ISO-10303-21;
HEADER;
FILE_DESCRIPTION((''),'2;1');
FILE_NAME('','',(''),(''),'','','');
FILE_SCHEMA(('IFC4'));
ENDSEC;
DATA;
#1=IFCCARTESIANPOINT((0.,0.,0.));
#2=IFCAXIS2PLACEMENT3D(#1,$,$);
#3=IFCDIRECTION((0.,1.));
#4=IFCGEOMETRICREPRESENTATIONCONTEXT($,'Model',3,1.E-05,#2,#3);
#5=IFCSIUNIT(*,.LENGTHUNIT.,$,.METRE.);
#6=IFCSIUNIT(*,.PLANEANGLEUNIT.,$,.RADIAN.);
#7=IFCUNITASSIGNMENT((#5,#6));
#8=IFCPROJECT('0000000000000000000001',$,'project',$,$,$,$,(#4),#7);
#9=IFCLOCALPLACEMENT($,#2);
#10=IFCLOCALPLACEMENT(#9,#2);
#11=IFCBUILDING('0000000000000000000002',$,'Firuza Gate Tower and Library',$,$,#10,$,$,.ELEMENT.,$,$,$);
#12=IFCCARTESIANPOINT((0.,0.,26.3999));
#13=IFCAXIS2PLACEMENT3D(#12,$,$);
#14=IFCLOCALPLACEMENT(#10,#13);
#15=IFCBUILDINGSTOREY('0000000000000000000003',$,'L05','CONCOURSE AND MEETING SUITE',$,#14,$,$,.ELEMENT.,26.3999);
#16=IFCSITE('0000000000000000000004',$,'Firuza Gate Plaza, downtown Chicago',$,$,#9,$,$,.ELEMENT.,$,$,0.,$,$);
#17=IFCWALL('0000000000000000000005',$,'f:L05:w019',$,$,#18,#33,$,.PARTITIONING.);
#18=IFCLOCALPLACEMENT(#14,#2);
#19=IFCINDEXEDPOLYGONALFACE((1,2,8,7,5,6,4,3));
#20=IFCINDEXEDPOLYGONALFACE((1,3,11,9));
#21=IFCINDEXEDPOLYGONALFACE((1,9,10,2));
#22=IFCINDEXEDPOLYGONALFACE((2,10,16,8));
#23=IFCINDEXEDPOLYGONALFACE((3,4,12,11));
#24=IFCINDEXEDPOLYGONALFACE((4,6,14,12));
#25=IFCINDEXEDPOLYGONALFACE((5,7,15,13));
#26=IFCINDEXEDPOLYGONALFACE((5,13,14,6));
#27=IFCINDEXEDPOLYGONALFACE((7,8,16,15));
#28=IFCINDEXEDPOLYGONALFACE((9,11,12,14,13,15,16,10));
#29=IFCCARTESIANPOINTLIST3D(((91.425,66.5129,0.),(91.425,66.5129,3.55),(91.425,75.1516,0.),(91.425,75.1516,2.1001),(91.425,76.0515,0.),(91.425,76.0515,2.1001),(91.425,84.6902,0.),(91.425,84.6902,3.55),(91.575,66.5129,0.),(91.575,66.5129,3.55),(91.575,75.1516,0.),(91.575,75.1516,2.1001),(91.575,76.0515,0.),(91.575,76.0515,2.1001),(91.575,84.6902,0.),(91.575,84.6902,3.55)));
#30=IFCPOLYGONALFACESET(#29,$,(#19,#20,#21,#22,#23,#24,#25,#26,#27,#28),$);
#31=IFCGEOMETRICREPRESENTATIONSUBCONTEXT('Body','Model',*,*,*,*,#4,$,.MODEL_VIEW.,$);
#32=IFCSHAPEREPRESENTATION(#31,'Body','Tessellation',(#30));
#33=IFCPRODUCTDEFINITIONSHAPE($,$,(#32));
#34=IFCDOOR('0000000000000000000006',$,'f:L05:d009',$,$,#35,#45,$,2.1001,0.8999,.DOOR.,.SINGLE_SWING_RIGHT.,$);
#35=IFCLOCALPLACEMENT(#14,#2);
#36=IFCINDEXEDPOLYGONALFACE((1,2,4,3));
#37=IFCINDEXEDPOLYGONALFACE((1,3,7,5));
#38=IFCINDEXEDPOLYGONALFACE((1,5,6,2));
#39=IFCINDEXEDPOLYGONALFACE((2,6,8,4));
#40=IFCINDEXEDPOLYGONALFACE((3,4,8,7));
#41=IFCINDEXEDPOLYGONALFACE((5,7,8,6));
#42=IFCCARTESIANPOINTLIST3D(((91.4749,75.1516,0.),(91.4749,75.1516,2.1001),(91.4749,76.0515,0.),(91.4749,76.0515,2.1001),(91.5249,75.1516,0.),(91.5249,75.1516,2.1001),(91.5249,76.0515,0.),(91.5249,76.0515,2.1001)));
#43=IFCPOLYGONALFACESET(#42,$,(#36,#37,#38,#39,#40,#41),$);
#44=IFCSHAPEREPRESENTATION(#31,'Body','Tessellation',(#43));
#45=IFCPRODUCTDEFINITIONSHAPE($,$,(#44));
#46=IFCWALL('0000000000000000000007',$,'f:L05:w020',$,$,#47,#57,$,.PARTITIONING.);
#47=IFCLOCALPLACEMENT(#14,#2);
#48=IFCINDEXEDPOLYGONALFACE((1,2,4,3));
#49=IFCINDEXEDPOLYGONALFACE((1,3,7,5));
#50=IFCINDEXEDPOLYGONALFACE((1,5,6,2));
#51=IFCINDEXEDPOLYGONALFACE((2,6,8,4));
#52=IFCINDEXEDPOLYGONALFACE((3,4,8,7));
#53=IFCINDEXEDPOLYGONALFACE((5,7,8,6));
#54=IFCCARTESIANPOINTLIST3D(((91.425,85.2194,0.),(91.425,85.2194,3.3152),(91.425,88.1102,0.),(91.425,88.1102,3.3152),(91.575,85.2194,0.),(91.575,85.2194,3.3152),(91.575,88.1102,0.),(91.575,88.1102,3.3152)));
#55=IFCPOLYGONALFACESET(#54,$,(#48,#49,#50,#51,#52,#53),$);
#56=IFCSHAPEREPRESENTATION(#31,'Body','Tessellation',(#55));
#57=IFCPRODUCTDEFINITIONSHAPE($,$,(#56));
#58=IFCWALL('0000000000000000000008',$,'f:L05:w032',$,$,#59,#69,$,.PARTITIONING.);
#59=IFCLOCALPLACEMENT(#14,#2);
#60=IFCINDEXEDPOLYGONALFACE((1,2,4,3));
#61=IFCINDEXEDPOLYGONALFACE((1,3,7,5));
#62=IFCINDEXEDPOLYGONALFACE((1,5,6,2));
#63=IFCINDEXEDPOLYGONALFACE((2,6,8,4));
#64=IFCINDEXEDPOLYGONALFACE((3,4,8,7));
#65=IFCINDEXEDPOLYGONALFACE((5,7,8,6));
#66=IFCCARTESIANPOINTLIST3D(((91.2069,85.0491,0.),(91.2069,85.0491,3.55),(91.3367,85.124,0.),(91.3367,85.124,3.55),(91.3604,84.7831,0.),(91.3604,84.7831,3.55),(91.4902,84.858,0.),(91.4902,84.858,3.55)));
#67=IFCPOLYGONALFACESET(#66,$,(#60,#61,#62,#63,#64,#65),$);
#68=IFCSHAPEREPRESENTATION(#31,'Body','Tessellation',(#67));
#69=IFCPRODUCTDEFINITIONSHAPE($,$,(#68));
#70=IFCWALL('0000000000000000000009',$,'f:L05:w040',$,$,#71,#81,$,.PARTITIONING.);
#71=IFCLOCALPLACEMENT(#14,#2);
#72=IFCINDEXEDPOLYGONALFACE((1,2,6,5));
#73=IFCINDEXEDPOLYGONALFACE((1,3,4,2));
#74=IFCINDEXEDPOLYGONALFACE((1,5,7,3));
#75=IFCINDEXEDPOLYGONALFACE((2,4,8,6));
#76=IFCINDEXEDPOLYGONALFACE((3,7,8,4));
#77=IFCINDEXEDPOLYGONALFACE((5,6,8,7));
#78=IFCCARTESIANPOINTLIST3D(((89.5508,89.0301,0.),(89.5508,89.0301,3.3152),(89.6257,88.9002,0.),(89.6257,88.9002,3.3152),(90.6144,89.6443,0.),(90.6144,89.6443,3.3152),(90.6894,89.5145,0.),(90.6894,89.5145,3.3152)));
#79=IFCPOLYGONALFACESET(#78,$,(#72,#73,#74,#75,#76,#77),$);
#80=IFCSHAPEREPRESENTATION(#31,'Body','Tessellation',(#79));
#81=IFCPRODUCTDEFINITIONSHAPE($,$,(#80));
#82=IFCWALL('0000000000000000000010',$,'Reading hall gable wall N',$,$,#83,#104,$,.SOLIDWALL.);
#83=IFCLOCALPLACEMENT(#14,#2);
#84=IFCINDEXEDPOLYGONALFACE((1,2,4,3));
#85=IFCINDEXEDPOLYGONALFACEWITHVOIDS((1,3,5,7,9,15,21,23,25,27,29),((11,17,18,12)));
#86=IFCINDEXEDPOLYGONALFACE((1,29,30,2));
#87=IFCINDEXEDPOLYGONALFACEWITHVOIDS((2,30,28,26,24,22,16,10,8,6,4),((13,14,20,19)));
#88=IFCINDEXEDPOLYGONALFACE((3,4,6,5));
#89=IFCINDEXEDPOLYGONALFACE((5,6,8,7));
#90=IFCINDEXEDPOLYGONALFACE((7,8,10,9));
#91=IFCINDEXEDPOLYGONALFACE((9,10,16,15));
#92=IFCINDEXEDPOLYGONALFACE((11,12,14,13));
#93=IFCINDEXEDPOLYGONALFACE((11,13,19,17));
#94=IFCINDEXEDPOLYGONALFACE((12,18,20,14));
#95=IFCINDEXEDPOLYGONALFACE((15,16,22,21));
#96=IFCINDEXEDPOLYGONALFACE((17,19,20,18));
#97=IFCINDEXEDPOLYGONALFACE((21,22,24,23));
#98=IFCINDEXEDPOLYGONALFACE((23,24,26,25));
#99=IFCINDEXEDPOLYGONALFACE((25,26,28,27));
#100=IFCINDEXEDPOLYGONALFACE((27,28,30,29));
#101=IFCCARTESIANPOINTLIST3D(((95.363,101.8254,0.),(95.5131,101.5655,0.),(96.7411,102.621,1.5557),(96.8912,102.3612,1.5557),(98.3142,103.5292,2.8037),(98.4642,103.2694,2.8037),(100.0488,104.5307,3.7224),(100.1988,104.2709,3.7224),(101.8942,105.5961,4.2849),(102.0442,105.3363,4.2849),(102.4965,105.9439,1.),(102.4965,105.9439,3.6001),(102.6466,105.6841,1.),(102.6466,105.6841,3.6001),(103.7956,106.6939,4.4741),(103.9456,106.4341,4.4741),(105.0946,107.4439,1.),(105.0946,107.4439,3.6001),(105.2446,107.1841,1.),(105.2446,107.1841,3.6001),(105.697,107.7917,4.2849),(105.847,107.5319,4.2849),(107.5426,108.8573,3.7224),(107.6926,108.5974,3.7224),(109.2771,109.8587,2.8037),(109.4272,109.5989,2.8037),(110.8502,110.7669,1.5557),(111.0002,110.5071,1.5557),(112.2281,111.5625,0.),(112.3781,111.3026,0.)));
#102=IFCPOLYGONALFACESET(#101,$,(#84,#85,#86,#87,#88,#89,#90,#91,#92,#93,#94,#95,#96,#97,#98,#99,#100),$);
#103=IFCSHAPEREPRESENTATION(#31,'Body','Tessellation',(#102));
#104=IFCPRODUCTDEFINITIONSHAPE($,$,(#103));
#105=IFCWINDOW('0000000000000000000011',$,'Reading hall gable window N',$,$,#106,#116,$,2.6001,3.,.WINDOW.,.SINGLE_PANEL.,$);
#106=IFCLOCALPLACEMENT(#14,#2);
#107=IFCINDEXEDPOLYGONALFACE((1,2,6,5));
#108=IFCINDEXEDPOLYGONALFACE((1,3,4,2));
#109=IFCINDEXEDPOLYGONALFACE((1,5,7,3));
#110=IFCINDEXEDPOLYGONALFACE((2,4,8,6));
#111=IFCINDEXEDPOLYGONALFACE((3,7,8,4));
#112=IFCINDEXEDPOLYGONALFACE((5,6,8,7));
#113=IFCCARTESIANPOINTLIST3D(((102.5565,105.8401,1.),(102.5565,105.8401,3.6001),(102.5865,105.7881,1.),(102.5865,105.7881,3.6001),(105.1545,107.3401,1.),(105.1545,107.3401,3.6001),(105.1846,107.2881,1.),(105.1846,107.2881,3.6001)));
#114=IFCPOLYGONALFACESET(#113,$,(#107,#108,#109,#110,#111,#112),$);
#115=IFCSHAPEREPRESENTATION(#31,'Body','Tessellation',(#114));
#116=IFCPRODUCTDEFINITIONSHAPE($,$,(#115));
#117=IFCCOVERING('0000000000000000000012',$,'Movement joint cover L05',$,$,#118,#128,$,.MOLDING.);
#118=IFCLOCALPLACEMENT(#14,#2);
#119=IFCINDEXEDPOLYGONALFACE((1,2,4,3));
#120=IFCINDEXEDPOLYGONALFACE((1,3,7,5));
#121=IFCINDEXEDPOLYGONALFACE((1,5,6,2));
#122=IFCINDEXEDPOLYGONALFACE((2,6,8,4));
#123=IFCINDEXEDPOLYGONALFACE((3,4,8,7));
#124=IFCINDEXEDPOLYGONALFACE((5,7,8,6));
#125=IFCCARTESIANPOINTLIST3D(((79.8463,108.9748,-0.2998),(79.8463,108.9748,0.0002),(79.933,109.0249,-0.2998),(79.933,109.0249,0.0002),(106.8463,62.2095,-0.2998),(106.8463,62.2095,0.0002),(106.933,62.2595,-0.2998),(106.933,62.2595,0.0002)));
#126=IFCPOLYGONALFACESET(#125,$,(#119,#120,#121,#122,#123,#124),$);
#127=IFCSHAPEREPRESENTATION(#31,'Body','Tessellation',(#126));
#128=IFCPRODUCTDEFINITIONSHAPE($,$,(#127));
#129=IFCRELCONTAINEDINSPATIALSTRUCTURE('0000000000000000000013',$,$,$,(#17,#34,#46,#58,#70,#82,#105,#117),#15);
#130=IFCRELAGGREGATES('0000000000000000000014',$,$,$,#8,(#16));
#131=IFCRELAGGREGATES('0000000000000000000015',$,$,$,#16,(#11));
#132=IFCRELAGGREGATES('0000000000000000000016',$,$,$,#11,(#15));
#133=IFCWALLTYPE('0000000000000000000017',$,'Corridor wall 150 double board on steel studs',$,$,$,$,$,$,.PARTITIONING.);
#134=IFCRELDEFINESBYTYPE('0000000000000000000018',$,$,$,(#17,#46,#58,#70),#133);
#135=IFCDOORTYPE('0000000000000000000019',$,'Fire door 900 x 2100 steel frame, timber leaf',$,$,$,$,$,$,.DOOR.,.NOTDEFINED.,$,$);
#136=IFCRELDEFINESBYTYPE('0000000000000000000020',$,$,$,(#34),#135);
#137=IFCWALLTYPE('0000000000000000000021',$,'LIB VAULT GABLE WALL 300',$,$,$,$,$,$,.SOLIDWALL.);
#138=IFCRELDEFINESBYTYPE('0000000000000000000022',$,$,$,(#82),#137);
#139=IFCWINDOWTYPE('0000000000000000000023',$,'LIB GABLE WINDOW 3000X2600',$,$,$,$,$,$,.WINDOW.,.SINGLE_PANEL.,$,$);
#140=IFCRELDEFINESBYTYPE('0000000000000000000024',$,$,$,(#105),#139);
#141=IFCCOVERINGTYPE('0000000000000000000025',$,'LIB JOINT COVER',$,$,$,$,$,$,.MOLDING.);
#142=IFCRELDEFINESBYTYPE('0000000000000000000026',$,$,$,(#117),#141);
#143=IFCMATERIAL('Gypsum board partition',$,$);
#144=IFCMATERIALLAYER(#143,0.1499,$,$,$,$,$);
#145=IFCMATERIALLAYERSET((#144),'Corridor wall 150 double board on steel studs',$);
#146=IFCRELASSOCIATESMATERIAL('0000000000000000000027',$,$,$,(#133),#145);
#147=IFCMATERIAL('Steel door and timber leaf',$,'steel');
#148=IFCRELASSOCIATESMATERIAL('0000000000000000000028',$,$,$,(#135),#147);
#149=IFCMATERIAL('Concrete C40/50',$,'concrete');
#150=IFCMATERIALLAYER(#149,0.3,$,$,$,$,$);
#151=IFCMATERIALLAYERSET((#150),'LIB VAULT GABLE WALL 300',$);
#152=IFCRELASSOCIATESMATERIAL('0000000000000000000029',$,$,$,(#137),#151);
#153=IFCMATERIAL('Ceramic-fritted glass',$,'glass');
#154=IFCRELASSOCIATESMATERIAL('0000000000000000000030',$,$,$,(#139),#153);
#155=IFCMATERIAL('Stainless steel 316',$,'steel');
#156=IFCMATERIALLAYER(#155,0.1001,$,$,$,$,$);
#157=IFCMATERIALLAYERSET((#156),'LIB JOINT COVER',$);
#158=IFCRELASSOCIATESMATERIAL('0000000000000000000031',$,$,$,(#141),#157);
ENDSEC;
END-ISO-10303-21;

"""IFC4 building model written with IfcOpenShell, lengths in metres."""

from ifc_helpers import new_model, si_unit, direction, frame, frame_2d, origin, origin_2d, place, context, subcontext, project, spatial, polyline, rectangle, outline, extrude, material, layer, layer_set, type_object, element, fill, save


model = new_model("IFC4")

# Units and contexts
model_context = context("Model", 3, precision=1e-05, world=origin(), true_north=direction((0.0, 1.0)))
body_context = subcontext(model_context, "Body", "Model", "MODEL_VIEW")
ifc_project = project(units=[si_unit("LENGTHUNIT", "METRE"), si_unit("PLANEANGLEUNIT", "RADIAN")], contexts=[model_context])

# Site, building, storey
site_placement = place(None, origin())
site = spatial("IfcSite", under=ifc_project, at=site_placement, Name="Firuza Gate Plaza, downtown Chicago", CompositionType="ELEMENT", RefElevation=0.0)
building_placement = place(site_placement, origin())
building = spatial("IfcBuilding", under=site, at=building_placement, Name="Firuza Gate Tower and Library", CompositionType="ELEMENT")
storey_placement = place(building_placement, frame((0.0, 0.0, 26.3999)))
storey = spatial("IfcBuildingStorey", under=building, at=storey_placement, Name="L05", Description="CONCOURSE AND MEETING SUITE", CompositionType="ELEMENT", Elevation=26.3999)

# Wall, opening, door
ifc_material_1 = material(Name="Gypsum board partition")
ifc_layer_1 = layer(ifc_material_1, 0.1499)
ifc_layer_set_1 = layer_set([ifc_layer_1], Name="Corridor wall 150 double board on steel studs")
wall_type_1 = type_object("IfcWallType", Name="Corridor wall 150 double board on steel studs", PredefinedType="PARTITIONING", material=ifc_layer_set_1)
wall_1_placement = place(storey_placement, frame((91.5, 84.6902, 0.0), z_axis=(0.0, 0.0, 1.0), x_axis=(0.0, -1.0, 0.0)))
wall_1 = element("IfcWall", 1, at=wall_1_placement, inside=storey, type_object=wall_type_1, Name="f:L05:w019", PredefinedType="PARTITIONING", context=body_context, shape_type="SweptSolid", body=[
    extrude(rectangle(XDim=18.1772, YDim=0.1499, at=frame_2d((9.0886, 0.0))), origin(), (0.0, 0.0, 1.0), 3.55),
])
opening_1_placement = place(wall_1_placement, frame((8.6387, 0.0, 0.0)))
opening_1 = element("IfcOpeningElement", 2, at=opening_1_placement, cuts=wall_1, PredefinedType="OPENING", context=body_context, shape_type="SweptSolid", body=[
    extrude(rectangle(XDim=0.8999, YDim=2.1001, at=frame_2d((0.45, 1.05))), frame((0.0, 0.085, 0.0), z_axis=(0.0, -1.0, 0.0), x_axis=(1.0, 0.0, 0.0)), (0.0, 0.0, 1.0), 0.1699),
])
ifc_material_2 = material(Name="Steel door and timber leaf", Category="steel")
door_type = type_object("IfcDoorType", Name="Fire door 900 x 2100 steel frame, timber leaf", OperationType="NOTDEFINED", PredefinedType="DOOR", material=ifc_material_2)
door_placement = place(opening_1_placement, origin())
door = element("IfcDoor", 3, at=door_placement, inside=storey, type_object=door_type, Name="f:L05:d009", OperationType="SINGLE_SWING_RIGHT", OverallHeight=2.1001, OverallWidth=0.8999, PredefinedType="DOOR", context=body_context, shape_type="SweptSolid", body=[
    extrude(rectangle(XDim=0.8999, YDim=2.1001, at=frame_2d((0.45, 1.05))), frame((0.0, 0.0249, 0.0), z_axis=(0.0, -1.0, 0.0), x_axis=(1.0, 0.0, 0.0)), (0.0, 0.0, 1.0), 0.05),
])
fill(opening_1, door)

# Walls
wall_2_placement = place(storey_placement, frame((91.5, 85.2195, 0.0), z_axis=(0.0, 0.0, 1.0), x_axis=(0.0, 1.0, 0.0)))
element("IfcWall", 4, at=wall_2_placement, inside=storey, type_object=wall_type_1, Name="f:L05:w020", PredefinedType="PARTITIONING", context=body_context, shape_type="SweptSolid", body=[
    extrude(rectangle(XDim=2.8909, YDim=0.1499, at=frame_2d((1.4453, 0.0))), origin(), (0.0, 0.0, 1.0), 3.3152),
])
wall_3_placement = place(storey_placement, frame((91.4253, 84.8206, 0.0), z_axis=(0.0, 0.0, 1.0), x_axis=(-0.499814, 0.866133, 0.0)))
element("IfcWall", 5, at=wall_3_placement, inside=storey, type_object=wall_type_1, Name="f:L05:w032", PredefinedType="PARTITIONING", context=body_context, shape_type="SweptSolid", body=[
    extrude(rectangle(XDim=0.3071, YDim=0.1499, at=frame_2d((0.1536, 0.0))), origin(), (0.0, 0.0, 1.0), 3.55),
])
wall_4_placement = place(storey_placement, frame((89.5881, 88.9651, 0.0), z_axis=(0.0, 0.0, 1.0), x_axis=(0.865984, 0.500072, 0.0)))
element("IfcWall", 6, at=wall_4_placement, inside=storey, type_object=wall_type_1, Name="f:L05:w040", PredefinedType="PARTITIONING", context=body_context, shape_type="SweptSolid", body=[
    extrude(rectangle(XDim=1.2283, YDim=0.1499, at=frame_2d((0.6143, 0.0))), origin(), (0.0, 0.0, 1.0), 3.3152),
])

# Wall, opening, window
ifc_material_3 = material(Name="Concrete C40/50", Category="concrete")
ifc_layer_2 = layer(ifc_material_3, 0.3)
ifc_layer_set_2 = layer_set([ifc_layer_2], Name="LIB VAULT GABLE WALL 300")
wall_type_2 = type_object("IfcWallType", Name="LIB VAULT GABLE WALL 300", PredefinedType="SOLIDWALL", material=ifc_layer_set_2)
wall_5_placement = place(storey_placement, frame((95.438, 101.6956, 0.0), z_axis=(0.0, 0.0, 1.0), x_axis=(0.866024, 0.500002, 0.0)))
wall_5 = element("IfcWall", 7, at=wall_5_placement, inside=storey, type_object=wall_type_2, Name="Reading hall gable wall N", PredefinedType="SOLIDWALL", context=body_context, shape_type="SweptSolid", body=[
    extrude(outline(polyline([(0.0, 0.0), (19.4741, 0.0), (19.4741, 0.0), (17.8831, 1.5557), (16.0667, 2.8037), (14.0637, 3.7224), (11.9326, 4.2849), (9.7371, 4.4741), (7.5415, 4.2849), (5.4106, 3.7224), (3.4077, 2.8037), (1.5913, 1.5557), (0.0, 0.0), (0.0, 0.0)])), frame((0.0, 0.1499, 0.0), z_axis=(0.0, -1.0, 0.0), x_axis=(1.0, 0.0, 0.0)), (0.0, 0.0, 1.0), 0.3),
])
opening_2_placement = place(wall_5_placement, frame((8.2371, 0.0, 1.0)))
opening_2 = element("IfcOpeningElement", 8, at=opening_2_placement, cuts=wall_5, PredefinedType="OPENING", context=body_context, shape_type="SweptSolid", body=[
    extrude(rectangle(XDim=3.0, YDim=2.6001, at=frame_2d((1.5, 1.3))), frame((0.0, 0.1602, 0.0), z_axis=(0.0, -1.0, 0.0), x_axis=(1.0, 0.0, 0.0)), (0.0, 0.0, 1.0), 0.3201),
])
ifc_material_4 = material(Name="Ceramic-fritted glass", Category="glass")
window_type = type_object("IfcWindowType", Name="LIB GABLE WINDOW 3000X2600", PartitioningType="SINGLE_PANEL", PredefinedType="WINDOW", material=ifc_material_4)
window_placement = place(opening_2_placement, origin())
window = element("IfcWindow", 9, at=window_placement, inside=storey, type_object=window_type, Name="Reading hall gable window N", OverallHeight=2.6001, OverallWidth=3.0, PartitioningType="SINGLE_PANEL", PredefinedType="WINDOW", context=body_context, shape_type="SweptSolid", body=[
    extrude(rectangle(XDim=3.0, YDim=2.6001, at=frame_2d((1.5, 1.3))), frame((0.0, 0.03, 0.0), z_axis=(0.0, -1.0, 0.0), x_axis=(1.0, 0.0, 0.0)), (0.0, 0.0, 1.0), 0.0601),
])
fill(opening_2, window)

# Covering
ifc_material_5 = material(Name="Stainless steel 316", Category="steel")
ifc_layer_3 = layer(ifc_material_5, 0.1001)
ifc_layer_set_3 = layer_set([ifc_layer_3], Name="LIB JOINT COVER")
covering_type = type_object("IfcCoveringType", Name="LIB JOINT COVER", PredefinedType="MOLDING", material=ifc_layer_set_3)
covering_placement = place(storey_placement, frame((93.3896, 85.6172, -0.2998), z_axis=(0.0, 0.0, 1.0), x_axis=(-0.5, 0.866025, 0.0)))
element("IfcCovering", 10, at=covering_placement, inside=storey, type_object=covering_type, Name="Movement joint cover L05", PredefinedType="MOLDING", context=body_context, shape_type="SweptSolid", body=[
    extrude(rectangle(XDim=54.0, YDim=0.1001, at=origin_2d()), origin(), (0.0, 0.0, 1.0), 0.3),
])

save(model, "model.ifc")
